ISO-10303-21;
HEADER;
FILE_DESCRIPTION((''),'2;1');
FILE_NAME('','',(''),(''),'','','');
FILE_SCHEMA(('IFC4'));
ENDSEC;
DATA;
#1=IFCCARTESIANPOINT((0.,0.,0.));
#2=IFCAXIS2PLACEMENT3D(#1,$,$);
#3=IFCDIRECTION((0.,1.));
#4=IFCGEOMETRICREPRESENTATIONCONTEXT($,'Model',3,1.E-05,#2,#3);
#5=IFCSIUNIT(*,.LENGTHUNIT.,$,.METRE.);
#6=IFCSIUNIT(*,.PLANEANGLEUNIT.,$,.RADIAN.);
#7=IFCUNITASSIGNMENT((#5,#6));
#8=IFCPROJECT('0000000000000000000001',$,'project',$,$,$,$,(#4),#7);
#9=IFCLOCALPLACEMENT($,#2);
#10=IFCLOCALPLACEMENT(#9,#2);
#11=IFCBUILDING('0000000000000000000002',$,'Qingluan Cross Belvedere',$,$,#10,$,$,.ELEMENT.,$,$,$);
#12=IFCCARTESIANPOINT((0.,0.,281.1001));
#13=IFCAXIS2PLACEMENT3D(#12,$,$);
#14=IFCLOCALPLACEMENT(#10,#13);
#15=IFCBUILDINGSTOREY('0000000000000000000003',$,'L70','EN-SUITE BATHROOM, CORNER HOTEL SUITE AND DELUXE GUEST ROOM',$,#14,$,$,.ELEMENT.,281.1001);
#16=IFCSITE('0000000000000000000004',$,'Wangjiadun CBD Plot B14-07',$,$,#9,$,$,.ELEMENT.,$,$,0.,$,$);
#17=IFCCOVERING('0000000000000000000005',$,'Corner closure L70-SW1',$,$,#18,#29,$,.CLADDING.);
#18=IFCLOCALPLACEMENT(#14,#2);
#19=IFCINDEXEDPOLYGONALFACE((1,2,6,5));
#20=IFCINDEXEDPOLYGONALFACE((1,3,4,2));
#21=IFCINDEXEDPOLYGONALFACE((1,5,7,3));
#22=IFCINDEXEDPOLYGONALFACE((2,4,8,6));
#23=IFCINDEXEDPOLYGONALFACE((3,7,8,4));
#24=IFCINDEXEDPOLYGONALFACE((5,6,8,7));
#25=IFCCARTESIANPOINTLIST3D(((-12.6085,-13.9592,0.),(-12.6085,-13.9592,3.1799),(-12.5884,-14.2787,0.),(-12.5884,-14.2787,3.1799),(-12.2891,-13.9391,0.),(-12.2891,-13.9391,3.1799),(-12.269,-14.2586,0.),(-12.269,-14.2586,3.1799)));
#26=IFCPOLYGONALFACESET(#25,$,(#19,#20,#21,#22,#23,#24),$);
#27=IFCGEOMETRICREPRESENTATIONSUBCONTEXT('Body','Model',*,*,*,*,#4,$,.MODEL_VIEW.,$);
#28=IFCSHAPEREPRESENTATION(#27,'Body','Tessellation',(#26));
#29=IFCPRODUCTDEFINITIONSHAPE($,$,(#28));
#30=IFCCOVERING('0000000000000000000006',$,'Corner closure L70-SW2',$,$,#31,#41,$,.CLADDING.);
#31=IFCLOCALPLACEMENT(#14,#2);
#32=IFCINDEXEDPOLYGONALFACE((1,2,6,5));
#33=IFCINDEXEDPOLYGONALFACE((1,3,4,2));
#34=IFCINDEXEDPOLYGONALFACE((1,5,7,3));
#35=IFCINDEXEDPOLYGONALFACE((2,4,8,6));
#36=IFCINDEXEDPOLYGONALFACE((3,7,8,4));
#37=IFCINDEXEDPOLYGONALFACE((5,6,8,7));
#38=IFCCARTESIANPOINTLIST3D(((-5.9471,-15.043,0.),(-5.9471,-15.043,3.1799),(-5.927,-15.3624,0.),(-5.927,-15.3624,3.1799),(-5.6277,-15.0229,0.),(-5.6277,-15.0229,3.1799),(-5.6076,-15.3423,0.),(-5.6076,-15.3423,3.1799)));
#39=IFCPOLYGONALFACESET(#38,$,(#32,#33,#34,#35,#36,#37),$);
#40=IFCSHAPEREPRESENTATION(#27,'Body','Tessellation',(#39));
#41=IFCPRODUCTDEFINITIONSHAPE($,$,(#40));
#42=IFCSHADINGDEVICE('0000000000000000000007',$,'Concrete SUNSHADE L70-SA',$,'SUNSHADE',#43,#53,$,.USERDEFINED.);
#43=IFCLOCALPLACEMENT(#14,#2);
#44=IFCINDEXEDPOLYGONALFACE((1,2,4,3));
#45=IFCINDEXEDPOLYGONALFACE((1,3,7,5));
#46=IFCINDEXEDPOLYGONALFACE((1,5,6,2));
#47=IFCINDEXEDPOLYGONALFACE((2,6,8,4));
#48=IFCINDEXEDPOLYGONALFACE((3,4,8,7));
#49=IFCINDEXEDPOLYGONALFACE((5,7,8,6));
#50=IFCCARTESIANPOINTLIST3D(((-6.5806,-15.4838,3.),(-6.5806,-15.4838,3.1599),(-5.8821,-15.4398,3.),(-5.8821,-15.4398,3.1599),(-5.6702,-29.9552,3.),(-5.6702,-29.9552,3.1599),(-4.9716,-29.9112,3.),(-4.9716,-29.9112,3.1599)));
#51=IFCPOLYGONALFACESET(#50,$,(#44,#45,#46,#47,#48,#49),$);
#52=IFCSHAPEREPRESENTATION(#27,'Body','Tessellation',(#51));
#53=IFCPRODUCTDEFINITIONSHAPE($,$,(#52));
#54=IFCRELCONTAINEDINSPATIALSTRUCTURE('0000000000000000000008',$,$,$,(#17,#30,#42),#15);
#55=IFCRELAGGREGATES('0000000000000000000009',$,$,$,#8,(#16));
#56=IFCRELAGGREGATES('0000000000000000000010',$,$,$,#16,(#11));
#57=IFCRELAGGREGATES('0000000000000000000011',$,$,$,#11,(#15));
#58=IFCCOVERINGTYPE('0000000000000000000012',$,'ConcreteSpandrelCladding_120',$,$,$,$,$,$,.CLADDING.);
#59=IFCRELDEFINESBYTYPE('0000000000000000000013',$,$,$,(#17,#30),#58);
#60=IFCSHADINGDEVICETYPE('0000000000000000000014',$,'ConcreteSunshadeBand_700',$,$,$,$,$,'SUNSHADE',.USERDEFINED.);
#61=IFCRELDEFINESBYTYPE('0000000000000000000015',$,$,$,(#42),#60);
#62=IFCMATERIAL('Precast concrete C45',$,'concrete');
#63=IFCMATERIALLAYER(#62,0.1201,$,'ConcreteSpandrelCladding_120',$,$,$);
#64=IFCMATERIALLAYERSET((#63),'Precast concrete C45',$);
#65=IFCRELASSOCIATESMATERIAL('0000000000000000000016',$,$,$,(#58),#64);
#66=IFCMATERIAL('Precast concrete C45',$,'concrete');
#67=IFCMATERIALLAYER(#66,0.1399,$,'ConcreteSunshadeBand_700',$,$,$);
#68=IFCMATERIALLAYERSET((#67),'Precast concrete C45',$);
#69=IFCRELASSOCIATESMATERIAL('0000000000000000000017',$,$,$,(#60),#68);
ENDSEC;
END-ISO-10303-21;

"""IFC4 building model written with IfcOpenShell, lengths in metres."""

from ifc_helpers import new_model, si_unit, direction, frame, origin, origin_2d, place, context, subcontext, project, spatial, rectangle, extrude, material, layer, layer_set, type_object, element, save


model = new_model("IFC4")

# Units and contexts
model_context = context("Model", 3, precision=1e-05, world=origin(), true_north=direction((0.0, 1.0)))
body_context = subcontext(model_context, "Body", "Model", "MODEL_VIEW")
ifc_project = project(units=[si_unit("LENGTHUNIT", "METRE"), si_unit("PLANEANGLEUNIT", "RADIAN")], contexts=[model_context])

# Site, building, storey
site_placement = place(None, origin())
site = spatial("IfcSite", under=ifc_project, at=site_placement, Name="Wangjiadun CBD Plot B14-07", CompositionType="ELEMENT", RefElevation=0.0)
building_placement = place(site_placement, origin())
building = spatial("IfcBuilding", under=site, at=building_placement, Name="Qingluan Cross Belvedere", CompositionType="ELEMENT")
storey_placement = place(building_placement, frame((0.0, 0.0, 281.1001)))
storey = spatial("IfcBuildingStorey", under=building, at=storey_placement, Name="L70", Description="EN-SUITE BATHROOM, CORNER HOTEL SUITE AND DELUXE GUEST ROOM", CompositionType="ELEMENT", Elevation=281.1001)

# Coverings
ifc_material_1 = material(Name="Precast concrete C45", Category="concrete")
ifc_layer_1 = layer(ifc_material_1, 0.1201, Name="ConcreteSpandrelCladding_120")
ifc_layer_set_1 = layer_set([ifc_layer_1], Name="Precast concrete C45")
covering_type = type_object("IfcCoveringType", Name="ConcreteSpandrelCladding_120", PredefinedType="CLADDING", material=ifc_layer_set_1)
for number, where, z_axis, x_axis, name in (
    (1, (-12.4387, -14.1089, 0.0), (0.0, 0.0, 1.0), (0.998027, 0.062791, 0.0), "Corner closure L70-SW1"),
    (2, (-5.7773, -15.1926, 0.0), (0.0, 0.0, 1.0), (0.998027, 0.062791, 0.0), "Corner closure L70-SW2"),
):
    element("IfcCovering", number, at=place(storey_placement, frame(where, z_axis=z_axis, x_axis=x_axis)), inside=storey, type_object=covering_type, Name=name, PredefinedType="CLADDING", context=body_context, shape_type="SweptSolid", body=[
        extrude(rectangle(XDim=0.3201, YDim=0.3201, at=origin_2d()), origin(), (0.0, 0.0, 1.0), 3.1799),
    ])

# Shading device
ifc_material_2 = material(Name="Precast concrete C45", Category="concrete")
ifc_layer_2 = layer(ifc_material_2, 0.1399, Name="ConcreteSunshadeBand_700")
ifc_layer_set_2 = layer_set([ifc_layer_2], Name="Precast concrete C45")
shading_device_type = type_object("IfcShadingDeviceType", Name="ConcreteSunshadeBand_700", ElementType="SUNSHADE", PredefinedType="USERDEFINED", material=ifc_layer_set_2)
shading_device_placement = place(storey_placement, frame((-5.7761, -22.6975, 3.0), z_axis=(0.0, 0.0, 1.0), x_axis=(0.062789, -0.998027, 0.0)))
element("IfcShadingDevice", 3, at=shading_device_placement, inside=storey, type_object=shading_device_type, Name="Concrete SUNSHADE L70-SA", ObjectType="SUNSHADE", PredefinedType="USERDEFINED", context=body_context, shape_type="SweptSolid", body=[
    extrude(rectangle(XDim=14.5, YDim=0.7, at=origin_2d()), origin(), (0.0, 0.0, 1.0), 0.1599),
])

save(model, "model.ifc")
